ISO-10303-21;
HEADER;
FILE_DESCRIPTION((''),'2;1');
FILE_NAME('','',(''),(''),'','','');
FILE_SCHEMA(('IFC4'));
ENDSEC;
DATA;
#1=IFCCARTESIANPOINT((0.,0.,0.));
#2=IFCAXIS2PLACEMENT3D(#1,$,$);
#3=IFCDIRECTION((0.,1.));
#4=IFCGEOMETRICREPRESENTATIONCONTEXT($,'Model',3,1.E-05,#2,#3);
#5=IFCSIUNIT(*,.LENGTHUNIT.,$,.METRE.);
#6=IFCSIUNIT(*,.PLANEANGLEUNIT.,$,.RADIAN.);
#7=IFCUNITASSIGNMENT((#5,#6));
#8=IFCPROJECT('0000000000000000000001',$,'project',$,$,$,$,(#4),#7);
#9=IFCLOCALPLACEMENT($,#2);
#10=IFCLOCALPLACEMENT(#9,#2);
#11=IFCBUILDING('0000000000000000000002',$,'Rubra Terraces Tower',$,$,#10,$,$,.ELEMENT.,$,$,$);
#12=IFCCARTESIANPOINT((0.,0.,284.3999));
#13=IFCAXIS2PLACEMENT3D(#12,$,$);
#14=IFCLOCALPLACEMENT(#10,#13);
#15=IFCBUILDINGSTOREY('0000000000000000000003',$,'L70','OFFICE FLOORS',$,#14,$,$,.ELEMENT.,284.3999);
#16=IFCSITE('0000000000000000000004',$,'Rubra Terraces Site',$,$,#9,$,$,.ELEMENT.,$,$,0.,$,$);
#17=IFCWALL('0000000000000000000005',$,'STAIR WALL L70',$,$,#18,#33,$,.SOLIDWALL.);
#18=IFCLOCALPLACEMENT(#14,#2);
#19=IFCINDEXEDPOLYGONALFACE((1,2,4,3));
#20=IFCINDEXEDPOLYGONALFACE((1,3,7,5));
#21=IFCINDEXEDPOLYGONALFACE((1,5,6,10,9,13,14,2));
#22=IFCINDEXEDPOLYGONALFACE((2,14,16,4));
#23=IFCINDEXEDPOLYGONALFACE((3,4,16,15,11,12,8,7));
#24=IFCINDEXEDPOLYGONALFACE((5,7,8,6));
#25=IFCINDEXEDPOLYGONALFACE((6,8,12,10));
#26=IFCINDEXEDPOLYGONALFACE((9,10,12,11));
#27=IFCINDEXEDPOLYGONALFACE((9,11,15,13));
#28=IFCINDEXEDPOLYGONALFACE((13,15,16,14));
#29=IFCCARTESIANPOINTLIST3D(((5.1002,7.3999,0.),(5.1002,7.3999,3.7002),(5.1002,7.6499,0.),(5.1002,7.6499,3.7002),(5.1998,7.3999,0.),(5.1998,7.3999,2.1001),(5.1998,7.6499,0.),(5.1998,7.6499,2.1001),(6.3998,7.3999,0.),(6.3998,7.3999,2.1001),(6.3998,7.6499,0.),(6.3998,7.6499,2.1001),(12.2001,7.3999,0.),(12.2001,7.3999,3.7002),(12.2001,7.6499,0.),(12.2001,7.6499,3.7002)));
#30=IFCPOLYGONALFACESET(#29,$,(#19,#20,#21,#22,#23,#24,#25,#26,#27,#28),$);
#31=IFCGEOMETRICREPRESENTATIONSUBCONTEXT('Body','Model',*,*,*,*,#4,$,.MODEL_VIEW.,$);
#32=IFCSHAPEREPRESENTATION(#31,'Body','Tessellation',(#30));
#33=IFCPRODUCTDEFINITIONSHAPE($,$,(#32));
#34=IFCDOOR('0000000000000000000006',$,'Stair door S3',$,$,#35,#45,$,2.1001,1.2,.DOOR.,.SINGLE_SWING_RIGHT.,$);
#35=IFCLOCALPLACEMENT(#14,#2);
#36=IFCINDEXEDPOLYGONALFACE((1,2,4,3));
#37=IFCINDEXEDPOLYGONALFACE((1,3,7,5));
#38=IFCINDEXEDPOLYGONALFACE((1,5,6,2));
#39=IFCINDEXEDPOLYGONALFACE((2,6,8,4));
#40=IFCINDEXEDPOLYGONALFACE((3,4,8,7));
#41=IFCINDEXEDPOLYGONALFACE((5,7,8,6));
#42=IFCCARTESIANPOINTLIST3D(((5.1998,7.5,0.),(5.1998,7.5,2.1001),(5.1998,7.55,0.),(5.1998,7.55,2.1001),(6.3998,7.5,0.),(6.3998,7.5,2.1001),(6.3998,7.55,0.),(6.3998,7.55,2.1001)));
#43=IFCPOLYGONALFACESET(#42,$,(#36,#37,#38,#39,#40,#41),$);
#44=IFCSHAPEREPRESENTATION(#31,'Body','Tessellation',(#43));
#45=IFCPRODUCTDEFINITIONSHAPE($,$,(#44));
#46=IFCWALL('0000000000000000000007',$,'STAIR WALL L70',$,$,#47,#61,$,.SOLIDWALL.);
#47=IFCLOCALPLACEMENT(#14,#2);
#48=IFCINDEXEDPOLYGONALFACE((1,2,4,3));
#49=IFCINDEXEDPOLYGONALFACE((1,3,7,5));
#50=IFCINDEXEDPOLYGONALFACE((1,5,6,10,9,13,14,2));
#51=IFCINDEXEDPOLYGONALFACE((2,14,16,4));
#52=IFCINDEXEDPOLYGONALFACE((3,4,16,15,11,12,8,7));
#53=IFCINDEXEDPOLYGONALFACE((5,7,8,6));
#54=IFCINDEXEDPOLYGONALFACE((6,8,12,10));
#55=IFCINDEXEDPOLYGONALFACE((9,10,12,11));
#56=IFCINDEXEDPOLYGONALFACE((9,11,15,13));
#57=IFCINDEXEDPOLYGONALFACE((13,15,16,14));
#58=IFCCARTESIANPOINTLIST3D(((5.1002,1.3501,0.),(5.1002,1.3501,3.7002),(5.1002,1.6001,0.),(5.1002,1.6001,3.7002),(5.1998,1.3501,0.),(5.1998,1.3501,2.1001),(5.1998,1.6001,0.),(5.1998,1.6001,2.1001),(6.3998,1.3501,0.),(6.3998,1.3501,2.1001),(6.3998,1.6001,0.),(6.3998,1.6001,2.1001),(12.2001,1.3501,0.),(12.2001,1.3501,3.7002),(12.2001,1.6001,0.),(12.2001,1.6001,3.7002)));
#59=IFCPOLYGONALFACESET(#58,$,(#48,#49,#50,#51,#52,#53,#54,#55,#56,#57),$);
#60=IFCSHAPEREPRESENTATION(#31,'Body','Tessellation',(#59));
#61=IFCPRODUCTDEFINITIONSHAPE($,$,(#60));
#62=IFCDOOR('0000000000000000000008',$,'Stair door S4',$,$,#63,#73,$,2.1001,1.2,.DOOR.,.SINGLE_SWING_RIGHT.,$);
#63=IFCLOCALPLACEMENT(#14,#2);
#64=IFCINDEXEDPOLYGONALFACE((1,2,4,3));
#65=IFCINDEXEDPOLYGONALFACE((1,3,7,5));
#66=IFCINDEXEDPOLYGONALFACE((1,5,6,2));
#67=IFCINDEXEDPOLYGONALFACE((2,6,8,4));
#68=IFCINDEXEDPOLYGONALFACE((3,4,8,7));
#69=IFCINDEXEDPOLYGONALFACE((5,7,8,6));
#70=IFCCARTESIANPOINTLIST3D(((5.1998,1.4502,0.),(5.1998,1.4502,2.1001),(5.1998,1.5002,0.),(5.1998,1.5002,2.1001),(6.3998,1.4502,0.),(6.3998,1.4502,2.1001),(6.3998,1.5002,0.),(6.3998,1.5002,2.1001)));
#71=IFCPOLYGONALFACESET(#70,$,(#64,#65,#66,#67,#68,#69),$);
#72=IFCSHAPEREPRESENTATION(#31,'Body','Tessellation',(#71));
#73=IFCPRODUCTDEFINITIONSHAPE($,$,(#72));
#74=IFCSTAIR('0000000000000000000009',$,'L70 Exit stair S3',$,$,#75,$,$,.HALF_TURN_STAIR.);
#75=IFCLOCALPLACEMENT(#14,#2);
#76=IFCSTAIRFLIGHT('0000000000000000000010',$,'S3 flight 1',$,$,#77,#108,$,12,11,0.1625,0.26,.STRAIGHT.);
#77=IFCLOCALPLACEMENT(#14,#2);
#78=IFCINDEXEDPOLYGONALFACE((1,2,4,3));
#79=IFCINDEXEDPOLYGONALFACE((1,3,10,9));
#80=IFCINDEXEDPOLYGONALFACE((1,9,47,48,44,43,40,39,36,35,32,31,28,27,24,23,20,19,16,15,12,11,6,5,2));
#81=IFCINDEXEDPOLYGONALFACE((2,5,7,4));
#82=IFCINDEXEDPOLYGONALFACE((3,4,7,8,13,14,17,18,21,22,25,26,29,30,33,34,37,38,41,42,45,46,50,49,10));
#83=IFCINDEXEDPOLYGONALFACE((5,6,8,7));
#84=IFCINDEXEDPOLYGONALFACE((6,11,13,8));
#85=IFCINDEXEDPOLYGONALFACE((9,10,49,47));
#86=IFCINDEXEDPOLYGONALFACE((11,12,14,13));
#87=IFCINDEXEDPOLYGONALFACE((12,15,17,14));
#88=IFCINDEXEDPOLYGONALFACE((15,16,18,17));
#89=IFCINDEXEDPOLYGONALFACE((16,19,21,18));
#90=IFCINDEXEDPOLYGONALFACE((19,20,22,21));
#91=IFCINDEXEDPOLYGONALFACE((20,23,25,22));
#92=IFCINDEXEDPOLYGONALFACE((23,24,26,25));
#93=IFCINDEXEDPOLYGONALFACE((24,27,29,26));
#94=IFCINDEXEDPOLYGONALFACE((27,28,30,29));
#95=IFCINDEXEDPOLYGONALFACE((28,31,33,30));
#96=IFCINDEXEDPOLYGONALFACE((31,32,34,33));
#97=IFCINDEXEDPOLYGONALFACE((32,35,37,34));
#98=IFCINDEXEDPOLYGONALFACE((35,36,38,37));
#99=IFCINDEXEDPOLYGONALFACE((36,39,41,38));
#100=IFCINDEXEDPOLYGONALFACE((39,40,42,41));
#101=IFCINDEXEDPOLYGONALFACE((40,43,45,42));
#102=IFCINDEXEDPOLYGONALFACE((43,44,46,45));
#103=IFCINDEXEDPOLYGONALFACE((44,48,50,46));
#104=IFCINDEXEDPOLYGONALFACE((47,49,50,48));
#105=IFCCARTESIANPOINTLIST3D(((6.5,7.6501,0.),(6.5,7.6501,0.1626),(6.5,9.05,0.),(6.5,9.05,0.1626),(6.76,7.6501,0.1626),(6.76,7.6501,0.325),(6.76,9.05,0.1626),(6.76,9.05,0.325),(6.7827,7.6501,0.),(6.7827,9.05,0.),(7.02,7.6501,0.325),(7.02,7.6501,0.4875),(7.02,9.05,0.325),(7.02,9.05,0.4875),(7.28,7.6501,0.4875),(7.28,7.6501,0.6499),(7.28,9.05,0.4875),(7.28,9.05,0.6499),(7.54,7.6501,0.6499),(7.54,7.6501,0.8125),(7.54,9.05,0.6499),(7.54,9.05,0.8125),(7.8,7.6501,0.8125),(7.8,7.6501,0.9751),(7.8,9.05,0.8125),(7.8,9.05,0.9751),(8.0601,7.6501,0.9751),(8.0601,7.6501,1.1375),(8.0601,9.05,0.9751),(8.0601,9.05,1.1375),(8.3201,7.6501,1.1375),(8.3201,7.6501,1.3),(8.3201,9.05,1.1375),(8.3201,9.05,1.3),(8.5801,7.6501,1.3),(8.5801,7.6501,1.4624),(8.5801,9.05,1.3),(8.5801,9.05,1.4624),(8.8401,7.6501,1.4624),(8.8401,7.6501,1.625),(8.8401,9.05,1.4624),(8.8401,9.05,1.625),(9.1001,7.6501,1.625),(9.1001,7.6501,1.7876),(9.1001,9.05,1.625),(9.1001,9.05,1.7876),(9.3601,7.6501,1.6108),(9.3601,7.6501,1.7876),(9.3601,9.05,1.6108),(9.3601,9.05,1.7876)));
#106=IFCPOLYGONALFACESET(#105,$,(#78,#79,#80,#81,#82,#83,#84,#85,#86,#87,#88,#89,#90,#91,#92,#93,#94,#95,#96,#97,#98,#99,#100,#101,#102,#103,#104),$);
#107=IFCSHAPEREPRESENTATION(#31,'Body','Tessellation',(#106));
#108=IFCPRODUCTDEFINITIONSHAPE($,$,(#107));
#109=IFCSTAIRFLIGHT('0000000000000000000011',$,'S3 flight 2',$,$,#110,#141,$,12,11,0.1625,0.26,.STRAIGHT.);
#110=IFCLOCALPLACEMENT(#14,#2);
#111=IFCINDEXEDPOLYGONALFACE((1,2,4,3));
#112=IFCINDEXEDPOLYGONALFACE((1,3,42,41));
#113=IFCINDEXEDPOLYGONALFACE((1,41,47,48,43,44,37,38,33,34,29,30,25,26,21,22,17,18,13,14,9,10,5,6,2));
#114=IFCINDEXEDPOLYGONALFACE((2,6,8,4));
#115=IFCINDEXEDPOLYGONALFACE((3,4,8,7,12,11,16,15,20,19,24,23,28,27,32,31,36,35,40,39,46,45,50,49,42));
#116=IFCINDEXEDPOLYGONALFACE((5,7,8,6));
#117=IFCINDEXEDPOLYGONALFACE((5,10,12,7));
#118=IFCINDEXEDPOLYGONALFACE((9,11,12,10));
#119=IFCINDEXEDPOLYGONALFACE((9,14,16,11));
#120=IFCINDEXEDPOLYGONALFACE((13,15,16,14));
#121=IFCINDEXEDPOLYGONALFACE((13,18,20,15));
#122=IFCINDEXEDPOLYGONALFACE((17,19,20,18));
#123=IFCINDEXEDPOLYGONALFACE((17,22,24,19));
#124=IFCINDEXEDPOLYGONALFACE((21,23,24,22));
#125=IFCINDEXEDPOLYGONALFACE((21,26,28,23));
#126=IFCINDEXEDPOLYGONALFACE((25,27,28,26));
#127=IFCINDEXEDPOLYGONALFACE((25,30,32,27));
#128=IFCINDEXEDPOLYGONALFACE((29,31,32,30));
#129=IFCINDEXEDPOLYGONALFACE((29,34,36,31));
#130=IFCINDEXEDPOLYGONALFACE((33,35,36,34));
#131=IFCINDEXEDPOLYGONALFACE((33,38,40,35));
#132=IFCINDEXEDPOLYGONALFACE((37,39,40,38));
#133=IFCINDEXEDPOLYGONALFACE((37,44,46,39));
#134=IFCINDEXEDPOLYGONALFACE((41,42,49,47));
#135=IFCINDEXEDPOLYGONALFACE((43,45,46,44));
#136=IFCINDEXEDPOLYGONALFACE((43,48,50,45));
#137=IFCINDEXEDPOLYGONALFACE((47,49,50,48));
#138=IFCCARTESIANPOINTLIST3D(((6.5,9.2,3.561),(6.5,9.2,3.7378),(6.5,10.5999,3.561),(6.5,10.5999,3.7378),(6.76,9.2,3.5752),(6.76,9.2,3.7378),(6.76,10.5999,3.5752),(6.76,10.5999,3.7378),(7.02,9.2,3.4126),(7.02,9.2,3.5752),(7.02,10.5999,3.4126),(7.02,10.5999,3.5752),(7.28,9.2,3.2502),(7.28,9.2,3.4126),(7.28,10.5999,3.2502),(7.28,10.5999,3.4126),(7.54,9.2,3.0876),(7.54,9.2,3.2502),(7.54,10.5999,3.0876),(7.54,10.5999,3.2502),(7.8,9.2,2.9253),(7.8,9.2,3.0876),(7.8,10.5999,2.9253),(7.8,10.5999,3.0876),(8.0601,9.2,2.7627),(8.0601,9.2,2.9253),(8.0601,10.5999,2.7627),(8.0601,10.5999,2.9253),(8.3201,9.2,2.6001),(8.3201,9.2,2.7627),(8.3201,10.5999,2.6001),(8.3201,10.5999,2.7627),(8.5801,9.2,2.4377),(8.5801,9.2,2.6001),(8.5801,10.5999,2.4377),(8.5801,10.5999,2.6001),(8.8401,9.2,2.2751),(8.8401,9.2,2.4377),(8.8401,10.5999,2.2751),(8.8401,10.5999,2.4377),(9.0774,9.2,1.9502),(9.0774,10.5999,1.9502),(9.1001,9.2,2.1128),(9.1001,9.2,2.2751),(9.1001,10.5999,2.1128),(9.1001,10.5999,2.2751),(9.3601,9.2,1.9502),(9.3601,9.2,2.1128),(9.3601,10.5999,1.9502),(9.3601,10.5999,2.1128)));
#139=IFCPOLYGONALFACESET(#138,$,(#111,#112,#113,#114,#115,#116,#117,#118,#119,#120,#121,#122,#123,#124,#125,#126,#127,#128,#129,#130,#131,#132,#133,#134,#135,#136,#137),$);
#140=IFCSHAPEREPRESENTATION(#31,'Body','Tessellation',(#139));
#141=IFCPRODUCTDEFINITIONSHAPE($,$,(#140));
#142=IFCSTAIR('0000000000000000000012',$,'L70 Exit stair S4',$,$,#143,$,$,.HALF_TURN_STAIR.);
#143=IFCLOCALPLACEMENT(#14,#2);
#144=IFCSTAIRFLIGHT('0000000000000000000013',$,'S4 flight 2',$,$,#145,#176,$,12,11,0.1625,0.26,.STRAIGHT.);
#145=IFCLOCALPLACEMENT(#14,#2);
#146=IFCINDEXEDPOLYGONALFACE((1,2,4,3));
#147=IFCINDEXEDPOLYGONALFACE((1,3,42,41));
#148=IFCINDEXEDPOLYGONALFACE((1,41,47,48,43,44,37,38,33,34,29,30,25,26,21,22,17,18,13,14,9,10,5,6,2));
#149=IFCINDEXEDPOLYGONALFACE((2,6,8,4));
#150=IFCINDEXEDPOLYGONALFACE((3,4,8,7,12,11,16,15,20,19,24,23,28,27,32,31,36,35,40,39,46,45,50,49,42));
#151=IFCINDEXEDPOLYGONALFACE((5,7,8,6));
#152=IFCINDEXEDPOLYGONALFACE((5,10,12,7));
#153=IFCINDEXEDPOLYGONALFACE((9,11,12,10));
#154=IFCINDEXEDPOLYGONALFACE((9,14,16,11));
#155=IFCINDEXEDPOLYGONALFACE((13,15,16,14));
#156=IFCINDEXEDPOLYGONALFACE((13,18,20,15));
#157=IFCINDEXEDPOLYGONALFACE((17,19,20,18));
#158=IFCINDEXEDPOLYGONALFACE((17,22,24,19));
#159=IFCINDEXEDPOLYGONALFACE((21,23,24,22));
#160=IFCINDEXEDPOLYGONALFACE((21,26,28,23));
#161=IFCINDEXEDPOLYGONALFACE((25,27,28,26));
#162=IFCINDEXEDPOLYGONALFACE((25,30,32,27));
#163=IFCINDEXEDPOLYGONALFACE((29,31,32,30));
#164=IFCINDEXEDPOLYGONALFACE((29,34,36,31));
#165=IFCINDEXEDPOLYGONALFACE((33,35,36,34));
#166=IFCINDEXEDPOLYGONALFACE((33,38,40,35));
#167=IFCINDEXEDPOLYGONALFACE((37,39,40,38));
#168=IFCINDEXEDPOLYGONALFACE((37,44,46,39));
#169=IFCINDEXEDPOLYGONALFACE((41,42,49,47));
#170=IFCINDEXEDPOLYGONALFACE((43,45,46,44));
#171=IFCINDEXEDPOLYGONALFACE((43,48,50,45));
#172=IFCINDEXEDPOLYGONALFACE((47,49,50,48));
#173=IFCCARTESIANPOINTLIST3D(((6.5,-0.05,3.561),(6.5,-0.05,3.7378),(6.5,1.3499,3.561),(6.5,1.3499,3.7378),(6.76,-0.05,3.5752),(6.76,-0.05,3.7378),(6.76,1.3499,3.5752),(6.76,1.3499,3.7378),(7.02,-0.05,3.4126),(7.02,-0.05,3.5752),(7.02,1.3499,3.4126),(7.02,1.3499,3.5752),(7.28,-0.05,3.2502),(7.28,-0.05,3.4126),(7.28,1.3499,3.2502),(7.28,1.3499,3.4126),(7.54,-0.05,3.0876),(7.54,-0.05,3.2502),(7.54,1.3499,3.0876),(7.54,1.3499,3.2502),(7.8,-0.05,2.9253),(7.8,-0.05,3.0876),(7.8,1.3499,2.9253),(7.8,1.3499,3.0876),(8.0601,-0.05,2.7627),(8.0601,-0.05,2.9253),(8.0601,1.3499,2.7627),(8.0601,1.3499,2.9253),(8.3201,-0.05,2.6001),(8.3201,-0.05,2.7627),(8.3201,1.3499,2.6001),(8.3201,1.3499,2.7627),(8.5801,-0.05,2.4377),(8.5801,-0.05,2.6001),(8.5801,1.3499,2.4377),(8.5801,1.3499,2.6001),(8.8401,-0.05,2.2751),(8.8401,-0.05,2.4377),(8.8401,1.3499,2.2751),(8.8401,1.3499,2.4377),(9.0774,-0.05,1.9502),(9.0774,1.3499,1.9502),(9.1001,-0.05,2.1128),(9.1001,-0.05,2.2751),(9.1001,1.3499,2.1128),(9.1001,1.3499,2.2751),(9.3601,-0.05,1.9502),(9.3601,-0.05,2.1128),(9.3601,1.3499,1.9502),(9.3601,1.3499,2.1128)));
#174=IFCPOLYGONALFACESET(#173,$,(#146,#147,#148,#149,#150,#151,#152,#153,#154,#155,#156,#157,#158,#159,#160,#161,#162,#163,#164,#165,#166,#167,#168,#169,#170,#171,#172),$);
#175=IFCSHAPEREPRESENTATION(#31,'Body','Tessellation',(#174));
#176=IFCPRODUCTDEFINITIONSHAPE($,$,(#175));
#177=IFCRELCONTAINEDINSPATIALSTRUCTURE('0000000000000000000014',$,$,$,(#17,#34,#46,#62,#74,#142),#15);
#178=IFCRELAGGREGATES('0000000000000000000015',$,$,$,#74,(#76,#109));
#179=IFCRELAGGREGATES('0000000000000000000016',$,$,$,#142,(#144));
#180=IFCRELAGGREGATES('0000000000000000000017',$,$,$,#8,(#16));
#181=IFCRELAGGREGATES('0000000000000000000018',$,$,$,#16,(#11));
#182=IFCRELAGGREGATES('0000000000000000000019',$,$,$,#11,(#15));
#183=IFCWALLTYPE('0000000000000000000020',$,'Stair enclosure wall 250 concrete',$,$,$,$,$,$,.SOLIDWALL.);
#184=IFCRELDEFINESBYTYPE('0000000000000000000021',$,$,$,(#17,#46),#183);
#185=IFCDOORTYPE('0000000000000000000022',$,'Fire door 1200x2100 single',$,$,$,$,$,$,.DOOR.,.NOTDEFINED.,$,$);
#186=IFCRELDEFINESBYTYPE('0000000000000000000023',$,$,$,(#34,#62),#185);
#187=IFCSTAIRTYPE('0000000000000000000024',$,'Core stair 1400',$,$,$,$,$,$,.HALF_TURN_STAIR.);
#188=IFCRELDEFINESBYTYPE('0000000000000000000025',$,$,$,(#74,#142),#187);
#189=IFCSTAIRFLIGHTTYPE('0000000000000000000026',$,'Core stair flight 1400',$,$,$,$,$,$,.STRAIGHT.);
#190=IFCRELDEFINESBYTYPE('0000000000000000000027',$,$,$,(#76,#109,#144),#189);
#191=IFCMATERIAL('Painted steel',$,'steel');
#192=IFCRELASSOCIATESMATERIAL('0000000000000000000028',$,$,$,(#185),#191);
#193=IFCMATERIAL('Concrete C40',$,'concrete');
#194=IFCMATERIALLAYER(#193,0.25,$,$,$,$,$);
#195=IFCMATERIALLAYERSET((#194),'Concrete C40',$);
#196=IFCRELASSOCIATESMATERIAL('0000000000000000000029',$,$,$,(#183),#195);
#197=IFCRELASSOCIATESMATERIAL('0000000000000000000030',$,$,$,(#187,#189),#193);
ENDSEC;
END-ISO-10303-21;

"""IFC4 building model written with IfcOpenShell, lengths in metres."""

from ifc_helpers import new_model, si_unit, direction, frame, frame_2d, origin, place, context, subcontext, project, spatial, polyline, rectangle, outline, extrude, material, layer, layer_set, type_object, element, fill, aggregate, save


model = new_model("IFC4")

# Units and contexts
model_context = context("Model", 3, precision=1e-05, world=origin(), true_north=direction((0.0, 1.0)))
body_context = subcontext(model_context, "Body", "Model", "MODEL_VIEW")
ifc_project = project(units=[si_unit("LENGTHUNIT", "METRE"), si_unit("PLANEANGLEUNIT", "RADIAN")], contexts=[model_context])

# Site, building, storey
site_placement = place(None, origin())
site = spatial("IfcSite", under=ifc_project, at=site_placement, Name="Rubra Terraces Site", CompositionType="ELEMENT", RefElevation=0.0)
building_placement = place(site_placement, origin())
building = spatial("IfcBuilding", under=site, at=building_placement, Name="Rubra Terraces Tower", CompositionType="ELEMENT")
storey_placement = place(building_placement, frame((0.0, 0.0, 284.3999)))
storey = spatial("IfcBuildingStorey", under=building, at=storey_placement, Name="L70", Description="OFFICE FLOORS", CompositionType="ELEMENT", Elevation=284.3999)

# Shared definitions
ifc_material_1 = material(Name="Concrete C40", Category="concrete")

# Shared definitions
ifc_material_2 = material(Name="Painted steel", Category="steel")
door_type_1 = type_object("IfcDoorType", Name="Fire door 1200x2100 single", OperationType="NOTDEFINED", PredefinedType="DOOR", material=ifc_material_2)

# Walls, openings, doors
ifc_layer_1 = layer(ifc_material_1, 0.25)
ifc_layer_set_1 = layer_set([ifc_layer_1], Name="Concrete C40")
wall_type_1 = type_object("IfcWallType", Name="Stair enclosure wall 250 concrete", PredefinedType="SOLIDWALL", material=ifc_layer_set_1)
wall_1_placement = place(storey_placement, frame((12.2, 7.5249, 0.0), z_axis=(0.0, 0.0, 1.0), x_axis=(-1.0, 0.0, 0.0)))
wall_1 = element("IfcWall", 1, at=wall_1_placement, inside=storey, type_object=wall_type_1, Name="STAIR WALL L70", PredefinedType="SOLIDWALL", context=body_context, shape_type="SweptSolid", body=[
    extrude(rectangle(XDim=7.0999, YDim=0.25, at=frame_2d((3.5498, 0.0))), origin(), (0.0, 0.0, 1.0), 3.7002),
])
opening_1_placement = place(wall_1_placement, frame((5.8, 0.0, 0.0)))
opening_1 = element("IfcOpeningElement", 2, at=opening_1_placement, cuts=wall_1, PredefinedType="OPENING", context=body_context, shape_type="SweptSolid", body=[
    extrude(rectangle(XDim=1.2, YDim=2.1001, at=frame_2d((0.6001, 1.05))), frame((0.0, 0.135, 0.0), z_axis=(0.0, -1.0, 0.0), x_axis=(1.0, 0.0, 0.0)), (0.0, 0.0, 1.0), 0.27),
])
door_1_placement = place(opening_1_placement, origin())
door_1 = element("IfcDoor", 3, at=door_1_placement, inside=storey, type_object=door_type_1, Name="Stair door S3", OperationType="SINGLE_SWING_RIGHT", OverallHeight=2.1001, OverallWidth=1.2, PredefinedType="DOOR", context=body_context, shape_type="SweptSolid", body=[
    extrude(rectangle(XDim=1.2, YDim=2.1001, at=frame_2d((0.6001, 1.05))), frame((0.0, 0.0249, 0.0), z_axis=(0.0, -1.0, 0.0), x_axis=(1.0, 0.0, 0.0)), (0.0, 0.0, 1.0), 0.05),
])
fill(opening_1, door_1)
wall_2_placement = place(storey_placement, frame((12.2, 1.4751, 0.0), z_axis=(0.0, 0.0, 1.0), x_axis=(-1.0, 0.0, 0.0)))
wall_2 = element("IfcWall", 4, at=wall_2_placement, inside=storey, type_object=wall_type_1, Name="STAIR WALL L70", PredefinedType="SOLIDWALL", context=body_context, shape_type="SweptSolid", body=[
    extrude(rectangle(XDim=7.0999, YDim=0.25, at=frame_2d((3.5498, 0.0))), origin(), (0.0, 0.0, 1.0), 3.7002),
])
opening_2_placement = place(wall_2_placement, frame((5.8, 0.0, 0.0)))
opening_2 = element("IfcOpeningElement", 5, at=opening_2_placement, cuts=wall_2, PredefinedType="OPENING", context=body_context, shape_type="SweptSolid", body=[
    extrude(rectangle(XDim=1.2, YDim=2.1001, at=frame_2d((0.6001, 1.05))), frame((0.0, 0.135, 0.0), z_axis=(0.0, -1.0, 0.0), x_axis=(1.0, 0.0, 0.0)), (0.0, 0.0, 1.0), 0.27),
])
door_2_placement = place(opening_2_placement, origin())
door_2 = element("IfcDoor", 6, at=door_2_placement, inside=storey, type_object=door_type_1, Name="Stair door S4", OperationType="SINGLE_SWING_RIGHT", OverallHeight=2.1001, OverallWidth=1.2, PredefinedType="DOOR", context=body_context, shape_type="SweptSolid", body=[
    extrude(rectangle(XDim=1.2, YDim=2.1001, at=frame_2d((0.6001, 1.05))), frame((0.0, 0.0249, 0.0), z_axis=(0.0, -1.0, 0.0), x_axis=(1.0, 0.0, 0.0)), (0.0, 0.0, 1.0), 0.05),
])
fill(opening_2, door_2)

# Stair, stair flights
stair_type = type_object("IfcStairType", Name="Core stair 1400", PredefinedType="HALF_TURN_STAIR", material=ifc_material_1)
stair_1_placement = place(storey_placement, origin())
stair_1 = element("IfcStair", 7, at=stair_1_placement, inside=storey, type_object=stair_type, Name="L70 Exit stair S3", PredefinedType="HALF_TURN_STAIR")
stair_flight_type = type_object("IfcStairFlightType", Name="Core stair flight 1400", PredefinedType="STRAIGHT", material=ifc_material_1)
stair_flight_1_placement = place(storey_placement, frame((6.5, 8.3501, 0.0), z_axis=(0.0, 0.0, 1.0), x_axis=(1.0, 0.0, 0.0)))
stair_flight_1 = element("IfcStairFlight", 8, at=stair_flight_1_placement, type_object=stair_flight_type, Name="S3 flight 1", NumberOfRisers=12, NumberOfTreads=11, PredefinedType="STRAIGHT", RiserHeight=0.1625, TreadLength=0.26, context=body_context, shape_type="SweptSolid", body=[
    extrude(outline(polyline([(0.0, 0.0), (0.0, 0.1626), (0.26, 0.1626), (0.26, 0.325), (0.52, 0.325), (0.52, 0.4875), (0.78, 0.4875), (0.78, 0.6499), (1.04, 0.6499), (1.04, 0.8125), (1.3, 0.8125), (1.3, 0.9751), (1.5601, 0.9751), (1.5601, 1.1375), (1.8201, 1.1375), (1.8201, 1.3), (2.0801, 1.3), (2.0801, 1.4624), (2.3401, 1.4624), (2.3401, 1.625), (2.6001, 1.625), (2.6001, 1.7876), (2.8601, 1.7876), (2.8601, 1.95), (2.8601, 1.6108), (0.2827, 0.0), (0.0, 0.0)])), frame((0.0, 0.7, 0.0), z_axis=(0.0, -1.0, 0.0), x_axis=(1.0, 0.0, 0.0)), (0.0, 0.0, 1.0), 1.3999),
])
stair_flight_2_placement = place(storey_placement, frame((9.3601, 9.8999, 1.9502), z_axis=(0.0, 0.0, 1.0), x_axis=(-1.0, 0.0, 0.0)))
stair_flight_2 = element("IfcStairFlight", 9, at=stair_flight_2_placement, type_object=stair_flight_type, Name="S3 flight 2", NumberOfRisers=12, NumberOfTreads=11, PredefinedType="STRAIGHT", RiserHeight=0.1625, TreadLength=0.26, context=body_context, shape_type="SweptSolid", body=[
    extrude(outline(polyline([(0.0, 0.0), (0.0, 0.1626), (0.26, 0.1626), (0.26, 0.325), (0.52, 0.325), (0.52, 0.4875), (0.78, 0.4875), (0.78, 0.6499), (1.04, 0.6499), (1.04, 0.8125), (1.3, 0.8125), (1.3, 0.9751), (1.5601, 0.9751), (1.5601, 1.1375), (1.8201, 1.1375), (1.8201, 1.3), (2.0801, 1.3), (2.0801, 1.4624), (2.3401, 1.4624), (2.3401, 1.625), (2.6001, 1.625), (2.6001, 1.7876), (2.8601, 1.7876), (2.8601, 1.95), (2.8601, 1.6108), (0.2827, 0.0), (0.0, 0.0)])), frame((0.0, 0.7, 0.0), z_axis=(0.0, -1.0, 0.0), x_axis=(1.0, 0.0, 0.0)), (0.0, 0.0, 1.0), 1.3999),
])
aggregate(stair_1, [stair_flight_1, stair_flight_2])

# Stair, stair flight
stair_2_placement = place(storey_placement, origin())
stair_2 = element("IfcStair", 10, at=stair_2_placement, inside=storey, type_object=stair_type, Name="L70 Exit stair S4", PredefinedType="HALF_TURN_STAIR")
stair_flight_3_placement = place(storey_placement, frame((9.3601, 0.6499, 1.9502), z_axis=(0.0, 0.0, 1.0), x_axis=(-1.0, 0.0, 0.0)))
stair_flight_3 = element("IfcStairFlight", 11, at=stair_flight_3_placement, type_object=stair_flight_type, Name="S4 flight 2", NumberOfRisers=12, NumberOfTreads=11, PredefinedType="STRAIGHT", RiserHeight=0.1625, TreadLength=0.26, context=body_context, shape_type="SweptSolid", body=[
    extrude(outline(polyline([(0.0, 0.0), (0.0, 0.1626), (0.26, 0.1626), (0.26, 0.325), (0.52, 0.325), (0.52, 0.4875), (0.78, 0.4875), (0.78, 0.6499), (1.04, 0.6499), (1.04, 0.8125), (1.3, 0.8125), (1.3, 0.9751), (1.5601, 0.9751), (1.5601, 1.1375), (1.8201, 1.1375), (1.8201, 1.3), (2.0801, 1.3), (2.0801, 1.4624), (2.3401, 1.4624), (2.3401, 1.625), (2.6001, 1.625), (2.6001, 1.7876), (2.8601, 1.7876), (2.8601, 1.95), (2.8601, 1.6108), (0.2827, 0.0), (0.0, 0.0)])), frame((0.0, 0.7, 0.0), z_axis=(0.0, -1.0, 0.0), x_axis=(1.0, 0.0, 0.0)), (0.0, 0.0, 1.0), 1.3999),
])
aggregate(stair_2, [stair_flight_3])

save(model, "model.ifc")
